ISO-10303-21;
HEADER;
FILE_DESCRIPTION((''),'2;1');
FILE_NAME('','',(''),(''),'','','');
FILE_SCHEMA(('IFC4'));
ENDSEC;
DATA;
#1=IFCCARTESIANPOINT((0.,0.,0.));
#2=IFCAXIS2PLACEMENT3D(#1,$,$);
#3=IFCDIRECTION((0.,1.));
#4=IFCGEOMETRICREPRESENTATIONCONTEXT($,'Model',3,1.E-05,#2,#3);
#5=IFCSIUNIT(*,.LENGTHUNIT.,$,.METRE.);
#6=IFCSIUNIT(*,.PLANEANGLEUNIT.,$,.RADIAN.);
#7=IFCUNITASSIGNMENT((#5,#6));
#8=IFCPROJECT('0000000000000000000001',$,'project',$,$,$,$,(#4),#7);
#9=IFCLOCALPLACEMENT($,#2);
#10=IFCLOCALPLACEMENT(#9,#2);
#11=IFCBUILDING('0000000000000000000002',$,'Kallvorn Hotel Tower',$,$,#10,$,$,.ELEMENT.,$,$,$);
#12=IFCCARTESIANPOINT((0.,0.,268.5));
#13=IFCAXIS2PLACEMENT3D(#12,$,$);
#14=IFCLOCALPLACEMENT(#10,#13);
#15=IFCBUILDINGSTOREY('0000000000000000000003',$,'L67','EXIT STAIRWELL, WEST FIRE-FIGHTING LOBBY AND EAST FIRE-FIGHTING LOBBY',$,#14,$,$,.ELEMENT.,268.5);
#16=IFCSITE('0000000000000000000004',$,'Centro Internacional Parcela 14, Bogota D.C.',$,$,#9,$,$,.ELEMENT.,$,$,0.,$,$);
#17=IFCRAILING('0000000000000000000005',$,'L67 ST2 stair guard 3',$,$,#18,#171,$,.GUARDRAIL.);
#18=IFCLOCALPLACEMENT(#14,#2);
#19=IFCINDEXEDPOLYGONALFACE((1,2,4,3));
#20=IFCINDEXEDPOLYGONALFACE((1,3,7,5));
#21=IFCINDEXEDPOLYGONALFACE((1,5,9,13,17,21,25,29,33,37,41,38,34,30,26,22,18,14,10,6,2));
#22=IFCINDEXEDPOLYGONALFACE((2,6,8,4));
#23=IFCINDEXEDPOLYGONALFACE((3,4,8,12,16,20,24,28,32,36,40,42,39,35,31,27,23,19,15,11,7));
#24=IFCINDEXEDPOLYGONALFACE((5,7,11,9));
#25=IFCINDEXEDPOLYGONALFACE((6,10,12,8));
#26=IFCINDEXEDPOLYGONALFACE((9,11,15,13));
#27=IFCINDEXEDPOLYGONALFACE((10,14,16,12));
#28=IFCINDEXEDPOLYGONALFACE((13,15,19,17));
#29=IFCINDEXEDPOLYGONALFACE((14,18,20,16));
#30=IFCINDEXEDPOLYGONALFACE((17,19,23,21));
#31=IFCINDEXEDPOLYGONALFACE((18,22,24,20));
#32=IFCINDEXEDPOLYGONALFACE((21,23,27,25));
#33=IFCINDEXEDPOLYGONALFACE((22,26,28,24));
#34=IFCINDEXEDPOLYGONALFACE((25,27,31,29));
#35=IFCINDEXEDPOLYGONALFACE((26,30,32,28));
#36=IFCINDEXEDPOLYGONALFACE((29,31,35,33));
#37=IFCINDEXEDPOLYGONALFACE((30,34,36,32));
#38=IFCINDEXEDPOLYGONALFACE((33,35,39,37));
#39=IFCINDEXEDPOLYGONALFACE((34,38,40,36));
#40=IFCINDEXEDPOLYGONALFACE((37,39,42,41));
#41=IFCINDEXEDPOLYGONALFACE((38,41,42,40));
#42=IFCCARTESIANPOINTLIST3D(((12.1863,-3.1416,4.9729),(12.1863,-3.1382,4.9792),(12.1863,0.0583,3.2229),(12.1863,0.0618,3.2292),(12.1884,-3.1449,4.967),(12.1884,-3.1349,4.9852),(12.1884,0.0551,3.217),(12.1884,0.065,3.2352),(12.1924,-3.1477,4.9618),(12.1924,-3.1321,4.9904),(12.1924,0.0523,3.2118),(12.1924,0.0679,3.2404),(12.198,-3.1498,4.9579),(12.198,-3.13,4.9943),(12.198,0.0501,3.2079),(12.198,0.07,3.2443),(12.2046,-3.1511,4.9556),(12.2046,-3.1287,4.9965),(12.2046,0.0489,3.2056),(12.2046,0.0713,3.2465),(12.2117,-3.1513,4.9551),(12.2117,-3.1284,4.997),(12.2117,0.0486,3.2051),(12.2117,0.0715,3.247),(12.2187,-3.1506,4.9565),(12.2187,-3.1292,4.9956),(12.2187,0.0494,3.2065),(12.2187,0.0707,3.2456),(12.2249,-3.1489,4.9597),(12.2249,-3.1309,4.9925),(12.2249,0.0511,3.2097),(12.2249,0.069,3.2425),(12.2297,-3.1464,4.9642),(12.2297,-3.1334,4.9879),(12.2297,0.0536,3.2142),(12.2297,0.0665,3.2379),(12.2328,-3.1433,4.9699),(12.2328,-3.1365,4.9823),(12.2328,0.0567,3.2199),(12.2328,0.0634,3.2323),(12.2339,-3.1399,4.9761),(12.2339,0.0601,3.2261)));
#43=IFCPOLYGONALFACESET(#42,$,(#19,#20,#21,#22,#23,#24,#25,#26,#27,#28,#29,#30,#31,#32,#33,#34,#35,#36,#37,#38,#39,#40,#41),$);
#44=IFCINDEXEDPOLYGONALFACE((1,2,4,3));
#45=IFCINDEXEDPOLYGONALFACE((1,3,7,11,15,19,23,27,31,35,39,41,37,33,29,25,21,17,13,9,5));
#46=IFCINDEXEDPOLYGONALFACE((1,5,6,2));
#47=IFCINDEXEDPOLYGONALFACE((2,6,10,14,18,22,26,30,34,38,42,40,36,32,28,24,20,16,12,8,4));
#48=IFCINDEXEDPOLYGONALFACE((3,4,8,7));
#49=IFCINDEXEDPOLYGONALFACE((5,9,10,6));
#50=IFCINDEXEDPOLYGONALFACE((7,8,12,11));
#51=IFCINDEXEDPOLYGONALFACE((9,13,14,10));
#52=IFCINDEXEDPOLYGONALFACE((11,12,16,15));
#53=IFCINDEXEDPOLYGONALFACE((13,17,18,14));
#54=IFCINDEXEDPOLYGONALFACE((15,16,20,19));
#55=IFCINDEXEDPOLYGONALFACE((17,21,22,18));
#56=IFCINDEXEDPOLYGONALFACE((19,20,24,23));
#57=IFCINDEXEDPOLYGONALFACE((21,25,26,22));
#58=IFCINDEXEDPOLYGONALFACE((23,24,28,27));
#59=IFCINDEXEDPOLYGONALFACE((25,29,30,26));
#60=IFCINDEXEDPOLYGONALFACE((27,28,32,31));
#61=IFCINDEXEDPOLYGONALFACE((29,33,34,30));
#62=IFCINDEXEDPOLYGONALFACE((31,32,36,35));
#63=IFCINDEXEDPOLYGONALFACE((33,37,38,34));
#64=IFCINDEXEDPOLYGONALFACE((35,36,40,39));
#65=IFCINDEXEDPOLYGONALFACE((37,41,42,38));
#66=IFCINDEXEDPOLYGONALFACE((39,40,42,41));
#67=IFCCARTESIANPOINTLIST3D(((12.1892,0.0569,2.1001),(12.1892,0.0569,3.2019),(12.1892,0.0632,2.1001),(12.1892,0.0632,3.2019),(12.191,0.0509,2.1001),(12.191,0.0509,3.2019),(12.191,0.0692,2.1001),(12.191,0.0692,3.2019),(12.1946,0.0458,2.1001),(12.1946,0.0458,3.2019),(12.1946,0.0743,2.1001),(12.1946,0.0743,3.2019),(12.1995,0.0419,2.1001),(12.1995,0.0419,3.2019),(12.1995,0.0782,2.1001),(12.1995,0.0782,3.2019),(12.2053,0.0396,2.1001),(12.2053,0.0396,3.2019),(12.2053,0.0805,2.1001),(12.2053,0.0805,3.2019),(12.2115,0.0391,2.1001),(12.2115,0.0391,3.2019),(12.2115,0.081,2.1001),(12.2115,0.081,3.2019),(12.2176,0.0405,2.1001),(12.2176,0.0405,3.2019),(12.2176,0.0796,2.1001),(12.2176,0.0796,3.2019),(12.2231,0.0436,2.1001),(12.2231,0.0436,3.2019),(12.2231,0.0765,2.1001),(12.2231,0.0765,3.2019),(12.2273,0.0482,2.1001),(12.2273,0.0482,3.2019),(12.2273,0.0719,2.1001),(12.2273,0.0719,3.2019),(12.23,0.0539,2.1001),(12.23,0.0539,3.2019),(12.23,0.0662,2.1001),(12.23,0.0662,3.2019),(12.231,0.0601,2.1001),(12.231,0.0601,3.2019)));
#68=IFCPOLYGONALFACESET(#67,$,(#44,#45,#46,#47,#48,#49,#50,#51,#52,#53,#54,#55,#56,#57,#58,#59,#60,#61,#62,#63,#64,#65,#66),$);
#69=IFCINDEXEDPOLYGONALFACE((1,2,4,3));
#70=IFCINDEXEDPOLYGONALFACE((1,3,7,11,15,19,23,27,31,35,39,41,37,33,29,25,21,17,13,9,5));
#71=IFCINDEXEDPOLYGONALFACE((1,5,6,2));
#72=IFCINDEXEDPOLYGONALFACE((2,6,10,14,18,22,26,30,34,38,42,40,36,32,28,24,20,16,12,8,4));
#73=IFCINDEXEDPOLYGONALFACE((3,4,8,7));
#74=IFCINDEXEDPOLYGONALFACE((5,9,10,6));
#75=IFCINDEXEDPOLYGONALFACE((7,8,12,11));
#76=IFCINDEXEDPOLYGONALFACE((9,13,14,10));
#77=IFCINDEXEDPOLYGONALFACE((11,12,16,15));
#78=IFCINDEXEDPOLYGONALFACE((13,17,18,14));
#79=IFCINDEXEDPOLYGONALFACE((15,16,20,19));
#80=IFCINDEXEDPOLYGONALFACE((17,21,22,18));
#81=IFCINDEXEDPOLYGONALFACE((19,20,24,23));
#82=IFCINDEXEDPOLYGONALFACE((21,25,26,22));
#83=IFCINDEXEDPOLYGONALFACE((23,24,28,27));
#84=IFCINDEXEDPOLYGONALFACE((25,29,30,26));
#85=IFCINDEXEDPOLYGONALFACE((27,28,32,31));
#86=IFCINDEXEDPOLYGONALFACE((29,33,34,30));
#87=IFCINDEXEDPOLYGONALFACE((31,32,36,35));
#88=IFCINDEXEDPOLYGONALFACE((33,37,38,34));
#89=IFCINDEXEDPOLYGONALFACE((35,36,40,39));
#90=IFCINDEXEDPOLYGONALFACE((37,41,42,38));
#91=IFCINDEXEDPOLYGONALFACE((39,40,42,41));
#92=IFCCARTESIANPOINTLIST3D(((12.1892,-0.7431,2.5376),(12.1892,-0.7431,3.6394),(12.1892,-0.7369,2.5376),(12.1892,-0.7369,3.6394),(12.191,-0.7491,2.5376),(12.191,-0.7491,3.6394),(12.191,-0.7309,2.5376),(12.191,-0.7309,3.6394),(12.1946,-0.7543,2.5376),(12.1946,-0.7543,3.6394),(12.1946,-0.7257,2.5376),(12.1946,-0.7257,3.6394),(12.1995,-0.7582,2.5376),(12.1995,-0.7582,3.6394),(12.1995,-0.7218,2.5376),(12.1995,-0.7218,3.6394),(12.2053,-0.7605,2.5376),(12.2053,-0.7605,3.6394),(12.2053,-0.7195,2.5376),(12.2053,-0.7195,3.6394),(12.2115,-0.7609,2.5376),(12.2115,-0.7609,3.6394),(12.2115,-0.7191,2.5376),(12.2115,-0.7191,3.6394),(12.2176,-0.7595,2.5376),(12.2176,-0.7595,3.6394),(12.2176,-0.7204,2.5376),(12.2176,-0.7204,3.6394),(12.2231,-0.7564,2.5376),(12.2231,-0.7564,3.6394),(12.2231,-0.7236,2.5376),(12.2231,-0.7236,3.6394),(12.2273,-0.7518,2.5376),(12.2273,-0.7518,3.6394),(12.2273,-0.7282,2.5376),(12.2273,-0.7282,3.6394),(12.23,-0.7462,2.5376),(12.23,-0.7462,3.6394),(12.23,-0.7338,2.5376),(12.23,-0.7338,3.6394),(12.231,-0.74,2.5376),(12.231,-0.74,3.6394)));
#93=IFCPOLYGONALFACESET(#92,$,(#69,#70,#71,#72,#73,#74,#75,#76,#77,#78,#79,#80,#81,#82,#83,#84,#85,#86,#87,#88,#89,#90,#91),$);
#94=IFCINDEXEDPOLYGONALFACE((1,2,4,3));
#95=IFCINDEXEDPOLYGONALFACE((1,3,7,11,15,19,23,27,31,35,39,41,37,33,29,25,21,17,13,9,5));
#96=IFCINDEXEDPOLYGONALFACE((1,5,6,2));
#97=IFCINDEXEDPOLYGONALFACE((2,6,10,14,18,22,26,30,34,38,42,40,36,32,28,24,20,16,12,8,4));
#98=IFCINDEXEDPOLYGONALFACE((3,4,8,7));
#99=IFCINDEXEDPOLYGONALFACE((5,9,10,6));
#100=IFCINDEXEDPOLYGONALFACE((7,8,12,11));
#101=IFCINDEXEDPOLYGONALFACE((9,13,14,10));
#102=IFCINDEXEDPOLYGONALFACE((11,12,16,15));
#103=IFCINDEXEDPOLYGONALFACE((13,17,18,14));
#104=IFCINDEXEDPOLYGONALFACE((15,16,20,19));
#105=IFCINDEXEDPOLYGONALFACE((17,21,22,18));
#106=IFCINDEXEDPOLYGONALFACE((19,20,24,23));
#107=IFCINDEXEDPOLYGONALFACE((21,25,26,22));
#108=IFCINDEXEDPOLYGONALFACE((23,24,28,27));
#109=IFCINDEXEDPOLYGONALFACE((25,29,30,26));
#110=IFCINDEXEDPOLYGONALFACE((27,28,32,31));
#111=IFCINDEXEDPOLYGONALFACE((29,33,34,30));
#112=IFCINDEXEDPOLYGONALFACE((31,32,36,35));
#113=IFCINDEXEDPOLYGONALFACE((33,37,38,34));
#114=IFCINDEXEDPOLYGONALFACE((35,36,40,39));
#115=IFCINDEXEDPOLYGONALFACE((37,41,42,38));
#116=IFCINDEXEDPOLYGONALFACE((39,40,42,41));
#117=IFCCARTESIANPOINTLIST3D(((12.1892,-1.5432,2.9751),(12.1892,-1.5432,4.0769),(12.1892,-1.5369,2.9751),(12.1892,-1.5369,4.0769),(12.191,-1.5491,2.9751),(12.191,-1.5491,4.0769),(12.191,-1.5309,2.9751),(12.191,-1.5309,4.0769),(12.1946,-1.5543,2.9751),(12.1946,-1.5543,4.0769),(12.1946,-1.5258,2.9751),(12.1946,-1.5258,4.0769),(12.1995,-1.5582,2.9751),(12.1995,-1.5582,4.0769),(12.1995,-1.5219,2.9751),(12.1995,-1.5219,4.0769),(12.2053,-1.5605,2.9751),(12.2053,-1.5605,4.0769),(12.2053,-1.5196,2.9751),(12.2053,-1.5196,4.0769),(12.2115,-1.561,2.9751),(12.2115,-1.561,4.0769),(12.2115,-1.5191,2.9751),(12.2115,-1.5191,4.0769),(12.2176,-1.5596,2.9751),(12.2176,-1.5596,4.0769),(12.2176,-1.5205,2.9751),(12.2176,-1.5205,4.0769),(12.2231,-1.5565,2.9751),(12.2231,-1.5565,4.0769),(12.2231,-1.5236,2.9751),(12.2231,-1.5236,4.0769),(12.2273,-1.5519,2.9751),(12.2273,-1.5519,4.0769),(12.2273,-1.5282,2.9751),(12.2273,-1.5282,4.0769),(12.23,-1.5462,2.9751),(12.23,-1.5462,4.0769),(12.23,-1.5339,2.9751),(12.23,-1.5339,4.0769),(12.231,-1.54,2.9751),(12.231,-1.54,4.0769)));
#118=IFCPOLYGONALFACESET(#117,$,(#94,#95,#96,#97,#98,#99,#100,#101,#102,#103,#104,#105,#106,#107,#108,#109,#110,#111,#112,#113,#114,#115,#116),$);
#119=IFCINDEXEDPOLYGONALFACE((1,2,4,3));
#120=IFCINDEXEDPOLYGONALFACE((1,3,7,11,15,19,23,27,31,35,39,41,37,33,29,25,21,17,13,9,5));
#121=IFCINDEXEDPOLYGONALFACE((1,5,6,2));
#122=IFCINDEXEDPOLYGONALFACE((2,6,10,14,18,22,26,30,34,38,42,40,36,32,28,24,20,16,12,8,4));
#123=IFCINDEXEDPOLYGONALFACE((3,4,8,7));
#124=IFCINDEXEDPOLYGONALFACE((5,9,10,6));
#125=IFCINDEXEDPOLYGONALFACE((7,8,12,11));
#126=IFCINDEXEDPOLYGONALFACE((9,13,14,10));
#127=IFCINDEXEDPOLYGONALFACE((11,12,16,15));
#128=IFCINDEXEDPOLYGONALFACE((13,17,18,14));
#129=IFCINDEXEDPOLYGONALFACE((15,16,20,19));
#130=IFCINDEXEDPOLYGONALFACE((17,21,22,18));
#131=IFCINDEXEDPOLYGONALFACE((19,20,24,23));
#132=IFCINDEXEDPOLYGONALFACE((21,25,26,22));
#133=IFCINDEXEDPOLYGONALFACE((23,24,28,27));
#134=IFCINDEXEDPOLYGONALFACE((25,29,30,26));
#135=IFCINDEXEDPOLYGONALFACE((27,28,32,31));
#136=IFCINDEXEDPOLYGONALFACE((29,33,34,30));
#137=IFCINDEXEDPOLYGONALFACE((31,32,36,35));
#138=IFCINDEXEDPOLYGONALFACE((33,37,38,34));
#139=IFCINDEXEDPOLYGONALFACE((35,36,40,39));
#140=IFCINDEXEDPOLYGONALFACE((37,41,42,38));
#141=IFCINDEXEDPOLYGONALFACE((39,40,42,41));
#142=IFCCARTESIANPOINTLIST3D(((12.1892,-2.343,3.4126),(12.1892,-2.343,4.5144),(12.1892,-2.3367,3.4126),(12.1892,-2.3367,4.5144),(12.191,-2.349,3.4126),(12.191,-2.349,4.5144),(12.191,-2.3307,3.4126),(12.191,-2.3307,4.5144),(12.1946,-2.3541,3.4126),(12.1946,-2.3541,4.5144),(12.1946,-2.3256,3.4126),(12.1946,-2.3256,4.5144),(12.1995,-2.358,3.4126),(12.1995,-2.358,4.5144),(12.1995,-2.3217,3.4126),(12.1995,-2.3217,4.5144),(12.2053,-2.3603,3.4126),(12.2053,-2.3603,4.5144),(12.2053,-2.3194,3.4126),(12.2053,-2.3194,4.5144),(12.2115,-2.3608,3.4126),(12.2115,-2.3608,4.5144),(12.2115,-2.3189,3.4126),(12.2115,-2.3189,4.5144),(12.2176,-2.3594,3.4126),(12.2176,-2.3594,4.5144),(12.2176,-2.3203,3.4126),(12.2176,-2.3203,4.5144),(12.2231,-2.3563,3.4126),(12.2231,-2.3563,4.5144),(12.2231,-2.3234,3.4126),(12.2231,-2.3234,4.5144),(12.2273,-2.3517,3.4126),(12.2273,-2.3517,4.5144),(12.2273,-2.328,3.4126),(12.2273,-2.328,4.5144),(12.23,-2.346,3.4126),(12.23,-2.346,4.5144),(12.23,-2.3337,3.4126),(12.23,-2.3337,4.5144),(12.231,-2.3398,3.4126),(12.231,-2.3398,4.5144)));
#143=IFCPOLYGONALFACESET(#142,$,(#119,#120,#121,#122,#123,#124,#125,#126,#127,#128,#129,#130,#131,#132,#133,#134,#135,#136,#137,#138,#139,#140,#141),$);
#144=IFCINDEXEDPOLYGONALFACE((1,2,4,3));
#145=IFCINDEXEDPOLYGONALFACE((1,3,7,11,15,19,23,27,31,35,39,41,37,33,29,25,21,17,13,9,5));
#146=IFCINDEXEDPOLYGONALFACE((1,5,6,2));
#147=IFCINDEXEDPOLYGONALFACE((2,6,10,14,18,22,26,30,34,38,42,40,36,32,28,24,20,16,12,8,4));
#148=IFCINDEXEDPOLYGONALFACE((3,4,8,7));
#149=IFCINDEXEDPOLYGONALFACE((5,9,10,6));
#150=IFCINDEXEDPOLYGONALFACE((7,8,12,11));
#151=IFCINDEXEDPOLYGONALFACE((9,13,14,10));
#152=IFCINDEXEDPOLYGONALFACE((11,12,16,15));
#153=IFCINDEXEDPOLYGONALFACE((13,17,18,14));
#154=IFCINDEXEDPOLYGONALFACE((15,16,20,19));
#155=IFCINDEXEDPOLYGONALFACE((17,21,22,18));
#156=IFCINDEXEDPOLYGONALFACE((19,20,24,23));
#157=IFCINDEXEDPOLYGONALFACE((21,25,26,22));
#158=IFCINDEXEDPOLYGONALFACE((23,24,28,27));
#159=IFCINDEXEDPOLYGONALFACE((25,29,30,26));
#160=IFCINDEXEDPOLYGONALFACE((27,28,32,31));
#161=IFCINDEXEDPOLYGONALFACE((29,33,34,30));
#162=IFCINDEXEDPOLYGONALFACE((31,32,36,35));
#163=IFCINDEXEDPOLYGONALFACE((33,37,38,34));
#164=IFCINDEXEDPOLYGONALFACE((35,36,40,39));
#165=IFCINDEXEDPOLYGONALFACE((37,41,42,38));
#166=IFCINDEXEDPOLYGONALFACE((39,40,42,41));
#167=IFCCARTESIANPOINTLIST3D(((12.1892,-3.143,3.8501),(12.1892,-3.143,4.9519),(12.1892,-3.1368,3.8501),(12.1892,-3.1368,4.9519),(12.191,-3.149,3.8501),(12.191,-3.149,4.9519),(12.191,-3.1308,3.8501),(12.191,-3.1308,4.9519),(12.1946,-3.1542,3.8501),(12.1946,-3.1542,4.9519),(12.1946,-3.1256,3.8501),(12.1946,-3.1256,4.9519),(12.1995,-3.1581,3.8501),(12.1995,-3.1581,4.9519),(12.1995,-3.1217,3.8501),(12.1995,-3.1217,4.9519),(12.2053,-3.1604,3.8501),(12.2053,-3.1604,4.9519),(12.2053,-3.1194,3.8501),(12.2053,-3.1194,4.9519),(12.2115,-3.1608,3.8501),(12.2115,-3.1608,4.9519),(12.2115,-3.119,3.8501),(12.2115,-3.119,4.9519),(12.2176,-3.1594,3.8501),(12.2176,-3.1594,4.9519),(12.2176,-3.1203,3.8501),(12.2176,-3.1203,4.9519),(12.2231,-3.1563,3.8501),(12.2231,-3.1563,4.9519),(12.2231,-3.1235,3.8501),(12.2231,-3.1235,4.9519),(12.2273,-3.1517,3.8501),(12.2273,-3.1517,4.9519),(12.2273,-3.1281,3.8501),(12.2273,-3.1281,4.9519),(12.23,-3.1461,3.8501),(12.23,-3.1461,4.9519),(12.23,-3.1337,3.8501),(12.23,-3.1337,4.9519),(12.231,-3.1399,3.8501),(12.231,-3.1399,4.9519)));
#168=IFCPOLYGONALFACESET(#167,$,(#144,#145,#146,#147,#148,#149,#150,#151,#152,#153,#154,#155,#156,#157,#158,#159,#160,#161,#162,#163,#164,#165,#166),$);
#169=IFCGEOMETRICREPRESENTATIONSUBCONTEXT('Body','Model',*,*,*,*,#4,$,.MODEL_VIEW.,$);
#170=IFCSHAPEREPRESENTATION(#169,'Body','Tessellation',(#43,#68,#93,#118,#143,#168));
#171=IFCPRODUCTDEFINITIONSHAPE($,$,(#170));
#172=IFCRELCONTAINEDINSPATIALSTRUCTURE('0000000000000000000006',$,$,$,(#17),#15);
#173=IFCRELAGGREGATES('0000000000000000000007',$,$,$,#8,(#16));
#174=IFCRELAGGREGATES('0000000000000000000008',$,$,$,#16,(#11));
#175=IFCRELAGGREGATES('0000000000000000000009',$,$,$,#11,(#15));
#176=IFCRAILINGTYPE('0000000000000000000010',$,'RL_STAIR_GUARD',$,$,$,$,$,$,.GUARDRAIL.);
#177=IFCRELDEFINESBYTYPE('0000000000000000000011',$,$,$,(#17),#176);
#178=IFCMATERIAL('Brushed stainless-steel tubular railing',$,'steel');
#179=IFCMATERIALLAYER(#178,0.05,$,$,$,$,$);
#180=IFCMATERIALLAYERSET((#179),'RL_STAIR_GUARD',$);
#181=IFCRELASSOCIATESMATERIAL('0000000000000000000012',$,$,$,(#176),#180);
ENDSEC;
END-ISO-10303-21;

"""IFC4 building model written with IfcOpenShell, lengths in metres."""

from ifc_helpers import new_model, si_unit, direction, frame, origin, origin_2d, place, context, subcontext, project, spatial, circle, extrude, material, layer, layer_set, type_object, element, save


model = new_model("IFC4")

# Units and contexts
model_context = context("Model", 3, precision=1e-05, world=origin(), true_north=direction((0.0, 1.0)))
body_context = subcontext(model_context, "Body", "Model", "MODEL_VIEW")
ifc_project = project(units=[si_unit("LENGTHUNIT", "METRE"), si_unit("PLANEANGLEUNIT", "RADIAN")], contexts=[model_context])

# Site, building, storey
site_placement = place(None, origin())
site = spatial("IfcSite", under=ifc_project, at=site_placement, Name="Centro Internacional Parcela 14, Bogota D.C.", CompositionType="ELEMENT", RefElevation=0.0)
building_placement = place(site_placement, origin())
building = spatial("IfcBuilding", under=site, at=building_placement, Name="Kallvorn Hotel Tower", CompositionType="ELEMENT")
storey_placement = place(building_placement, frame((0.0, 0.0, 268.5)))
storey = spatial("IfcBuildingStorey", under=building, at=storey_placement, Name="L67", Description="EXIT STAIRWELL, WEST FIRE-FIGHTING LOBBY AND EAST FIRE-FIGHTING LOBBY", CompositionType="ELEMENT", Elevation=268.5)

# Railing
ifc_material_1 = material(Name="Brushed stainless-steel tubular railing", Category="steel")
ifc_layer_1 = layer(ifc_material_1, 0.05)
ifc_layer_set_1 = layer_set([ifc_layer_1], Name="RL_STAIR_GUARD")
railing_type_1 = type_object("IfcRailingType", Name="RL_STAIR_GUARD", PredefinedType="GUARDRAIL", material=ifc_layer_set_1)
railing_1_placement = place(storey_placement, frame((12.21, 0.0601, 2.1001)))
element("IfcRailing", 1, at=railing_1_placement, inside=storey, type_object=railing_type_1, Name="L67 ST2 stair guard 3", PredefinedType="GUARDRAIL", context=body_context, shape_type="SweptSolid", body=[
    extrude(circle(Radius=0.0239, at=origin_2d()), frame((0.0, 0.0, 1.126), z_axis=(0.0, -0.877368, 0.479818), x_axis=(1.0, 0.0, 0.0)), (0.0, 0.0, 1.0), 3.6472),
    extrude(circle(Radius=0.021, at=origin_2d()), origin(), (0.0, 0.0, 1.0), 1.1018),
    extrude(circle(Radius=0.021, at=origin_2d()), frame((0.0, -0.8, 0.4375)), (0.0, 0.0, 1.0), 1.1018),
    extrude(circle(Radius=0.021, at=origin_2d()), frame((0.0, -1.6001, 0.875)), (0.0, 0.0, 1.0), 1.1018),
    extrude(circle(Radius=0.021, at=origin_2d()), frame((0.0, -2.3999, 1.3125)), (0.0, 0.0, 1.0), 1.1018),
    extrude(circle(Radius=0.021, at=origin_2d()), frame((0.0, -3.2, 1.75)), (0.0, 0.0, 1.0), 1.1018),
])

save(model, "model.ifc")
